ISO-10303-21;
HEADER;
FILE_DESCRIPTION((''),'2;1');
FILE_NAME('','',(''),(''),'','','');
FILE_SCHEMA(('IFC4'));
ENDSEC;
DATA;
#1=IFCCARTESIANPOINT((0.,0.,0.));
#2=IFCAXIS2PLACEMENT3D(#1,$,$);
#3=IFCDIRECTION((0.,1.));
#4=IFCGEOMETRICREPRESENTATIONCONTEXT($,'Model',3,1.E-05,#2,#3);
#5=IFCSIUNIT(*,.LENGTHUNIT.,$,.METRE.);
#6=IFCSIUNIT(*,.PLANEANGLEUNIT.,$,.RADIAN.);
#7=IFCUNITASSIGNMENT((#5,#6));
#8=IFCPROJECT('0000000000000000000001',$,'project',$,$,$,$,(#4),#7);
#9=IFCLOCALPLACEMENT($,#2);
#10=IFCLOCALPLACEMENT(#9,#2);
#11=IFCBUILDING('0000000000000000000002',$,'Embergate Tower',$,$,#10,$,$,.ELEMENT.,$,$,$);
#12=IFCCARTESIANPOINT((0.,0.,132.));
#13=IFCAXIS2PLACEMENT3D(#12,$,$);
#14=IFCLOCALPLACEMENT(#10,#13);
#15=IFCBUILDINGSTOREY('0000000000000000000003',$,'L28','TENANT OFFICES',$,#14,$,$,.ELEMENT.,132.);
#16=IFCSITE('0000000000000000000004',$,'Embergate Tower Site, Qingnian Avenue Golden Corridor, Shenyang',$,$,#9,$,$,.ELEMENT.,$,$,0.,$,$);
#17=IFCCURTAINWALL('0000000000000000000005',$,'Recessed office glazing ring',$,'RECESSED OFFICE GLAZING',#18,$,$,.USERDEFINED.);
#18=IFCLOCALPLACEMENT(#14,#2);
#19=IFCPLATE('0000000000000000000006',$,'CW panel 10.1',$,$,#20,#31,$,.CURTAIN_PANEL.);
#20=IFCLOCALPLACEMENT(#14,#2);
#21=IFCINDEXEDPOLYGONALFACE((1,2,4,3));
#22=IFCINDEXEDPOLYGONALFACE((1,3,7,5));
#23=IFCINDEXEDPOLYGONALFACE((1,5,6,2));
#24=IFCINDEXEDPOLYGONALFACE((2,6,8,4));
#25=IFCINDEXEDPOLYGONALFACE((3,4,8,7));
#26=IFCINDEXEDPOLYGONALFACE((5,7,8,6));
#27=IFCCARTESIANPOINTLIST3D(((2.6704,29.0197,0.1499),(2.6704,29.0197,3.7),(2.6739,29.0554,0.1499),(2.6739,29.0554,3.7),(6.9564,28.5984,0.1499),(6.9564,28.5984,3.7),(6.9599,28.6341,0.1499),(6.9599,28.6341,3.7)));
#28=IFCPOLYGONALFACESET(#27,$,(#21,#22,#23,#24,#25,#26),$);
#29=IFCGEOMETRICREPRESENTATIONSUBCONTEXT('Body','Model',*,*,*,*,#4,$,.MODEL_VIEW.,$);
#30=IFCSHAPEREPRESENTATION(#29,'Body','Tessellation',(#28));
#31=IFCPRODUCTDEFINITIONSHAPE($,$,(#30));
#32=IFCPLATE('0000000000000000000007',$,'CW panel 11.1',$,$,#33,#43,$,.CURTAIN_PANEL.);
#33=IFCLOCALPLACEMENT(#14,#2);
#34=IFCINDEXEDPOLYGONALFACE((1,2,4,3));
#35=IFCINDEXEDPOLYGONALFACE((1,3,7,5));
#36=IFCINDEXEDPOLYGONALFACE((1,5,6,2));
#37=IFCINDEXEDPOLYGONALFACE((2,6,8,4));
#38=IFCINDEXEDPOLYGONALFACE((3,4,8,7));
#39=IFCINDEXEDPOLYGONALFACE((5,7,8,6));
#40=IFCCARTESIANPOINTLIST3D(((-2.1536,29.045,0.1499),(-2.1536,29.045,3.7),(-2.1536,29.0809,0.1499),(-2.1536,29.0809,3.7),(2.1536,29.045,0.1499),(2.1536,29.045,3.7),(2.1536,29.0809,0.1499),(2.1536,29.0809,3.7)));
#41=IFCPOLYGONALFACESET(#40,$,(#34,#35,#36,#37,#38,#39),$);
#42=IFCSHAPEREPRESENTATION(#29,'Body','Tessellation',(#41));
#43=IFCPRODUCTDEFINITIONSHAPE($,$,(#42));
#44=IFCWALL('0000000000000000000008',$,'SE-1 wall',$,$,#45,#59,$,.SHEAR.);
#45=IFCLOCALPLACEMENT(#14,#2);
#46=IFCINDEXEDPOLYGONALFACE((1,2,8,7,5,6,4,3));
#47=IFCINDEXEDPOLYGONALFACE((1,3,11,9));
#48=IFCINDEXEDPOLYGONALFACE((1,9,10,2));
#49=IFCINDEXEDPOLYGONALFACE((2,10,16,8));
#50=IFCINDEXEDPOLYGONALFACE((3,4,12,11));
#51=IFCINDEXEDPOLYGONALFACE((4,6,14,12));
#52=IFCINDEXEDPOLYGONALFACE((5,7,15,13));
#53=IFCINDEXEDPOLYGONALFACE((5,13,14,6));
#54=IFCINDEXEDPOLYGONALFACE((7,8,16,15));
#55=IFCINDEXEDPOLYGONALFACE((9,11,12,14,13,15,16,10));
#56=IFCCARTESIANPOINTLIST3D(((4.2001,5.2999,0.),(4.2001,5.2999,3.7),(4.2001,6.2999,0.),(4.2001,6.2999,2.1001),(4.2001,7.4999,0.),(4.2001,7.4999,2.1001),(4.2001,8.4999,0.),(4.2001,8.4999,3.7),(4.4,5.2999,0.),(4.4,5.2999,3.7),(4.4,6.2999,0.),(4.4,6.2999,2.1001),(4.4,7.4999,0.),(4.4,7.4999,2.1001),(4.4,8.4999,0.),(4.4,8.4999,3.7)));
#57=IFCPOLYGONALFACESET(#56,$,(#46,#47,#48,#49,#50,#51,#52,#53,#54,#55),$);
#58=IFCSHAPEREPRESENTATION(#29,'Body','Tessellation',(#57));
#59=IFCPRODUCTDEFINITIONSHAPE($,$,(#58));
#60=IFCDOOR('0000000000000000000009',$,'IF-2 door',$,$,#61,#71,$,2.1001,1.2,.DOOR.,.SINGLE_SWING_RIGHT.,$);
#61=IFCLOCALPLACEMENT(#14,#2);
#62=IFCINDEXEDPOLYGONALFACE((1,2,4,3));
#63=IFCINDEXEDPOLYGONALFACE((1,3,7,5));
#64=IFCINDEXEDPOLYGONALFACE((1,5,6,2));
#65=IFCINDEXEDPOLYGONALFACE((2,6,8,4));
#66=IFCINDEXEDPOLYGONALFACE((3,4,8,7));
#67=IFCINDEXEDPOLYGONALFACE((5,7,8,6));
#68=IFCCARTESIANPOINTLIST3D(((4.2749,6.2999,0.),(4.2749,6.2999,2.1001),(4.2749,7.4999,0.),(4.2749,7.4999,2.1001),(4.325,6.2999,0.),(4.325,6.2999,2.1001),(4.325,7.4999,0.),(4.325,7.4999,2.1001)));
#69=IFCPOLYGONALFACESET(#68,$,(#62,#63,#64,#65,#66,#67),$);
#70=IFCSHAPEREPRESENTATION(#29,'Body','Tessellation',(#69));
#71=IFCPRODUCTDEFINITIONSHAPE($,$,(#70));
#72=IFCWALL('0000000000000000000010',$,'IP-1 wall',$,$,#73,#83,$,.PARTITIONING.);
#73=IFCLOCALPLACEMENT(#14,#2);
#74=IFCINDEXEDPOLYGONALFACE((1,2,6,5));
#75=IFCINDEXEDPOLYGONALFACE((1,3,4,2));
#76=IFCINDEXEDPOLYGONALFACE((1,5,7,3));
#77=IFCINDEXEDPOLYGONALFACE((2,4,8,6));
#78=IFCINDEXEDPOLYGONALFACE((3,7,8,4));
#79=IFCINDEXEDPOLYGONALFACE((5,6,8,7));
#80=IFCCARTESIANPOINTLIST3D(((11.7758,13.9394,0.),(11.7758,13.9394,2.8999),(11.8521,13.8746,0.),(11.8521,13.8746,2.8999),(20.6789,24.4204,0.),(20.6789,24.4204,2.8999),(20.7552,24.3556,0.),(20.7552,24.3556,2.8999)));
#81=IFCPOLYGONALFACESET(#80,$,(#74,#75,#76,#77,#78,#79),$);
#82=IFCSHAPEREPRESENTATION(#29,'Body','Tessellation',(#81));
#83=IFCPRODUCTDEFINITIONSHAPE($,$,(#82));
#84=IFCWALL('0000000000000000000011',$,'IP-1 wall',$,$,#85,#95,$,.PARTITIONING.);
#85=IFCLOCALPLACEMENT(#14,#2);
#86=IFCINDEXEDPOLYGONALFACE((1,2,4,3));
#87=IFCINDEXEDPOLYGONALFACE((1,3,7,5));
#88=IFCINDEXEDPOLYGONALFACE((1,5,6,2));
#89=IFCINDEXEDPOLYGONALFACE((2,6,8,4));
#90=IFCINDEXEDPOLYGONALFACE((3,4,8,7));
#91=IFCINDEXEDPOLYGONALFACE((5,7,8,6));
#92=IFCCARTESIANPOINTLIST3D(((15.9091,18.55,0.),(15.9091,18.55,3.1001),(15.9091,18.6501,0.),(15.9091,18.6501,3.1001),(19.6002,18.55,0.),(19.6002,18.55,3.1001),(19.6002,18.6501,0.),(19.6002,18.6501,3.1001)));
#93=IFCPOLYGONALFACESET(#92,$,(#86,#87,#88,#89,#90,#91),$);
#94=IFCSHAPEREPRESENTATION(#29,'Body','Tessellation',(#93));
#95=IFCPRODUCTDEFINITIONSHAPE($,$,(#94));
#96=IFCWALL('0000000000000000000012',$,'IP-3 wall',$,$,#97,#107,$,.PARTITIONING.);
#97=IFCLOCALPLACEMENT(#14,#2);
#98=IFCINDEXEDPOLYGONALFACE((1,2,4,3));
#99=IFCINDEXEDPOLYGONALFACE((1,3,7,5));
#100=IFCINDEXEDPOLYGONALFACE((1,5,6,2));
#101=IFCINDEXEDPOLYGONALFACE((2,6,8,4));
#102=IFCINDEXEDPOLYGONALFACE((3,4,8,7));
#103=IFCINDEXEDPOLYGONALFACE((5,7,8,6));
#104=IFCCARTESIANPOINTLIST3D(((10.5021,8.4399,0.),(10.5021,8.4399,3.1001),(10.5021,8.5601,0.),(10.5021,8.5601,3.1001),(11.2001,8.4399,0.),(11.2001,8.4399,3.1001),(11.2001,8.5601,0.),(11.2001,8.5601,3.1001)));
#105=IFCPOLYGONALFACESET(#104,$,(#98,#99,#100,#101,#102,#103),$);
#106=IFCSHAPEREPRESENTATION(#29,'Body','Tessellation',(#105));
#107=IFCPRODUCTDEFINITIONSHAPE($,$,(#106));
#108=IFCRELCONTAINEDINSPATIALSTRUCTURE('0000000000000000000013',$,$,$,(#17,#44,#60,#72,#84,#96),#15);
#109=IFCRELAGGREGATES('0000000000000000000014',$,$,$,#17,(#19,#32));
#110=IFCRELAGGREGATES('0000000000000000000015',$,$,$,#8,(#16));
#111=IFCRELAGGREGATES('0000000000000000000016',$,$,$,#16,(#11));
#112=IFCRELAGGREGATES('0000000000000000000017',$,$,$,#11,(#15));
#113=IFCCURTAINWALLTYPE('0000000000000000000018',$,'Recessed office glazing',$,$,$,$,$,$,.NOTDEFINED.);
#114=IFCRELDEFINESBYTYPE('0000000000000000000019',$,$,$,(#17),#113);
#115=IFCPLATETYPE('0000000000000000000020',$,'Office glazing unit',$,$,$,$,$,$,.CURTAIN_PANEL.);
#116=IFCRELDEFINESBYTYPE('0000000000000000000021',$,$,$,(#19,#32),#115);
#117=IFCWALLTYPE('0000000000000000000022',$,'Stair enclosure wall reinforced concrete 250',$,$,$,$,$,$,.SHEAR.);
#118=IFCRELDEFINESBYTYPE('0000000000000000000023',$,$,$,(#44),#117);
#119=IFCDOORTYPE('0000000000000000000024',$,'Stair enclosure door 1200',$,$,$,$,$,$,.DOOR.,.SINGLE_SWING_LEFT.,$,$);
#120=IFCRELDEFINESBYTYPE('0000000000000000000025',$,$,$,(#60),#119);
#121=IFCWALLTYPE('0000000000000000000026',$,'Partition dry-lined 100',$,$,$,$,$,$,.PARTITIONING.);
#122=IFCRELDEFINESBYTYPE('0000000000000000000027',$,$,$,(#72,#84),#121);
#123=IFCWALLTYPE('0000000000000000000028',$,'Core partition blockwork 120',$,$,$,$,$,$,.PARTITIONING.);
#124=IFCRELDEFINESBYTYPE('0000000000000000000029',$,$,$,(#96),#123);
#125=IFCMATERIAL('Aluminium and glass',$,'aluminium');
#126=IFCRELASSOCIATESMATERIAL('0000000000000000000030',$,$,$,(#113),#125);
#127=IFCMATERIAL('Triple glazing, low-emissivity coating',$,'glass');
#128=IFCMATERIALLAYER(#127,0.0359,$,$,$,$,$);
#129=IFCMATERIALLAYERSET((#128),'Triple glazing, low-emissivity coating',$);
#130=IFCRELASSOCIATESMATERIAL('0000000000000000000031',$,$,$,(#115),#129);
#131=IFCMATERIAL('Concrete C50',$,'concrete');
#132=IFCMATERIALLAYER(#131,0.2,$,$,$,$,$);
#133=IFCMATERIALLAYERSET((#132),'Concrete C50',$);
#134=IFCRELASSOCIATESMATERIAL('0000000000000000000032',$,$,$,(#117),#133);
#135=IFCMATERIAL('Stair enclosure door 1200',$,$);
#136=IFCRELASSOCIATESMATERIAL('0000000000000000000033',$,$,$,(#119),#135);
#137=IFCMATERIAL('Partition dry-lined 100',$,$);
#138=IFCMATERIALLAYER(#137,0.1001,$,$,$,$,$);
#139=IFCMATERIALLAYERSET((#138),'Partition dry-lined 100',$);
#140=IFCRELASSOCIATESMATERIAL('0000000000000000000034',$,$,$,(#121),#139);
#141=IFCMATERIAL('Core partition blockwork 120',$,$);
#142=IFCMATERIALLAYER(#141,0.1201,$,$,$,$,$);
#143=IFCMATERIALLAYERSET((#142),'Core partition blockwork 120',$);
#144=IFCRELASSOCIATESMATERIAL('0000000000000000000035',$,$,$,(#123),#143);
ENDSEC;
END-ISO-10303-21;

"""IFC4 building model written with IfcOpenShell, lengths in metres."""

from ifc_helpers import new_model, si_unit, direction, frame, frame_2d, origin, origin_2d, place, context, subcontext, project, spatial, rectangle, extrude, source, transform, mapped, material, layer, layer_set, type_object, element, fill, aggregate, save


model = new_model("IFC4")

# Units and contexts
model_context = context("Model", 3, precision=1e-05, world=origin(), true_north=direction((0.0, 1.0)))
body_context = subcontext(model_context, "Body", "Model", "MODEL_VIEW")
ifc_project = project(units=[si_unit("LENGTHUNIT", "METRE"), si_unit("PLANEANGLEUNIT", "RADIAN")], contexts=[model_context])

# Site, building, storey
site_placement = place(None, origin())
site = spatial("IfcSite", under=ifc_project, at=site_placement, Name="Embergate Tower Site, Qingnian Avenue Golden Corridor, Shenyang", CompositionType="ELEMENT", RefElevation=0.0)
building_placement = place(site_placement, origin())
building = spatial("IfcBuilding", under=site, at=building_placement, Name="Embergate Tower", CompositionType="ELEMENT")
storey_placement = place(building_placement, frame((0.0, 0.0, 132.0)))
storey = spatial("IfcBuildingStorey", under=building, at=storey_placement, Name="L28", Description="TENANT OFFICES", CompositionType="ELEMENT", Elevation=132.0)

# Curtain wall, plates
ifc_material_1 = material(Name="Aluminium and glass", Category="aluminium")
curtain_wall_type = type_object("IfcCurtainWallType", Name="Recessed office glazing", PredefinedType="NOTDEFINED", material=ifc_material_1)
curtain_wall_placement = place(storey_placement, origin())
curtain_wall = element("IfcCurtainWall", 1, at=curtain_wall_placement, inside=storey, type_object=curtain_wall_type, Name="Recessed office glazing ring", ObjectType="RECESSED OFFICE GLAZING", PredefinedType="USERDEFINED")
ifc_material_2 = material(Name="Triple glazing, low-emissivity coating", Category="glass")
ifc_layer_1 = layer(ifc_material_2, 0.0359)
ifc_layer_set_1 = layer_set([ifc_layer_1], Name="Triple glazing, low-emissivity coating")
plate_type = type_object("IfcPlateType", Name="Office glazing unit", PredefinedType="CURTAIN_PANEL", material=ifc_layer_set_1)
shared_shape_1 = source(origin(), body_context, "Body", "SweptSolid", [
    extrude(rectangle(XDim=4.3066, YDim=0.0359, at=origin_2d()), origin(), (0.0, 0.0, 1.0), 3.55),
])
plate_1_placement = place(storey_placement, frame((4.8152, 28.8269, 0.1499), z_axis=(0.0, 0.0, 1.0), x_axis=(-0.995203, 0.097828, 0.0)))
plate_1 = element("IfcPlate", 2, at=plate_1_placement, type_object=plate_type, Name="CW panel 10.1", PredefinedType="CURTAIN_PANEL", context=body_context, shape_type="MappedRepresentation", body=[
    mapped(shared_shape_1, transform((0.0, 0.0, 0.0))),
])
shared_shape_2 = source(origin(), body_context, "Body", "SweptSolid", [
    extrude(rectangle(XDim=4.3071, YDim=0.0359, at=origin_2d()), origin(), (0.0, 0.0, 1.0), 3.55),
])
plate_2_placement = place(storey_placement, frame((0.0, 29.063, 0.1499), z_axis=(0.0, 0.0, 1.0), x_axis=(-1.0, 0.0, 0.0)))
plate_2 = element("IfcPlate", 3, at=plate_2_placement, type_object=plate_type, Name="CW panel 11.1", PredefinedType="CURTAIN_PANEL", context=body_context, shape_type="MappedRepresentation", body=[
    mapped(shared_shape_2, transform((0.0, 0.0, 0.0))),
])
aggregate(curtain_wall, [plate_1, plate_2])

# Wall, opening, door
ifc_material_3 = material(Name="Concrete C50", Category="concrete")
ifc_layer_2 = layer(ifc_material_3, 0.2)
ifc_layer_set_2 = layer_set([ifc_layer_2], Name="Concrete C50")
wall_type_1 = type_object("IfcWallType", Name="Stair enclosure wall reinforced concrete 250", PredefinedType="SHEAR", material=ifc_layer_set_2)
shared_shape_3 = source(origin(), body_context, "Body", "SweptSolid", [
    extrude(rectangle(XDim=3.2, YDim=0.2, at=frame_2d((1.6001, 0.0))), origin(), (0.0, 0.0, 1.0), 3.7),
])
wall_1_placement = place(storey_placement, frame((4.3, 8.5, 0.0), z_axis=(0.0, 0.0, 1.0), x_axis=(0.0, -1.0, 0.0)))
wall_1 = element("IfcWall", 4, at=wall_1_placement, inside=storey, type_object=wall_type_1, Name="SE-1 wall", PredefinedType="SHEAR", context=body_context, shape_type="MappedRepresentation", body=[
    mapped(shared_shape_3, transform((0.0, 0.0, 0.0))),
])
shared_shape_4 = source(origin(), body_context, "Body", "SweptSolid", [
    extrude(rectangle(XDim=1.2, YDim=2.1001, at=frame_2d((0.6001, 1.05))), frame((0.0, 0.1099, 0.0), z_axis=(0.0, -1.0, 0.0), x_axis=(1.0, 0.0, 0.0)), (0.0, 0.0, 1.0), 0.22),
])
opening_placement = place(wall_1_placement, frame((1.0, 0.0, 0.0)))
opening = element("IfcOpeningElement", 5, at=opening_placement, cuts=wall_1, PredefinedType="OPENING", context=body_context, shape_type="MappedRepresentation", body=[
    mapped(shared_shape_4, transform((0.0, 0.0, 0.0))),
])
ifc_material_4 = material(Name="Stair enclosure door 1200")
door_type = type_object("IfcDoorType", Name="Stair enclosure door 1200", OperationType="SINGLE_SWING_LEFT", PredefinedType="DOOR", material=ifc_material_4)
shared_shape_5 = source(origin(), body_context, "Body", "SweptSolid", [
    extrude(rectangle(XDim=1.2, YDim=2.1001, at=frame_2d((0.6001, 1.05))), frame((0.0, 0.0249, 0.0), z_axis=(0.0, -1.0, 0.0), x_axis=(1.0, 0.0, 0.0)), (0.0, 0.0, 1.0), 0.05),
])
door_placement = place(opening_placement, origin())
door = element("IfcDoor", 6, at=door_placement, inside=storey, type_object=door_type, Name="IF-2 door", OperationType="SINGLE_SWING_RIGHT", OverallHeight=2.1001, OverallWidth=1.2, PredefinedType="DOOR", context=body_context, shape_type="MappedRepresentation", body=[
    mapped(shared_shape_5, transform((0.0, 0.0, 0.0))),
])
fill(opening, door)

# Walls
ifc_material_5 = material(Name="Partition dry-lined 100")
ifc_layer_3 = layer(ifc_material_5, 0.1001)
ifc_layer_set_3 = layer_set([ifc_layer_3], Name="Partition dry-lined 100")
wall_type_2 = type_object("IfcWallType", Name="Partition dry-lined 100", PredefinedType="PARTITIONING", material=ifc_layer_set_3)
shared_shape_6 = source(origin(), body_context, "Body", "SweptSolid", [
    extrude(rectangle(XDim=13.752, YDim=0.1001, at=frame_2d((6.876, 0.0))), origin(), (0.0, 0.0, 1.0), 2.8999),
])
wall_2_placement = place(storey_placement, frame((11.814, 13.907, 0.0), z_axis=(0.0, 0.0, 1.0), x_axis=(0.647406, 0.762145, 0.0)))
element("IfcWall", 7, at=wall_2_placement, inside=storey, type_object=wall_type_2, Name="IP-1 wall", PredefinedType="PARTITIONING", context=body_context, shape_type="MappedRepresentation", body=[
    mapped(shared_shape_6, transform((0.0, 0.0, 0.0))),
])
shared_shape_7 = source(origin(), body_context, "Body", "SweptSolid", [
    extrude(rectangle(XDim=3.6912, YDim=0.1001, at=frame_2d((1.8457, 0.0))), origin(), (0.0, 0.0, 1.0), 3.1001),
])
wall_3_placement = place(storey_placement, frame((15.9089, 18.6001, 0.0), z_axis=(0.0, 0.0, 1.0), x_axis=(1.0, 0.0, 0.0)))
element("IfcWall", 8, at=wall_3_placement, inside=storey, type_object=wall_type_2, Name="IP-1 wall", PredefinedType="PARTITIONING", context=body_context, shape_type="MappedRepresentation", body=[
    mapped(shared_shape_7, transform((0.0, 0.0, 0.0))),
])
ifc_material_6 = material(Name="Core partition blockwork 120")
ifc_layer_4 = layer(ifc_material_6, 0.1201)
ifc_layer_set_4 = layer_set([ifc_layer_4], Name="Core partition blockwork 120")
wall_type_3 = type_object("IfcWallType", Name="Core partition blockwork 120", PredefinedType="PARTITIONING", material=ifc_layer_set_4)
shared_shape_8 = source(origin(), body_context, "Body", "SweptSolid", [
    extrude(rectangle(XDim=0.698, YDim=0.1201, at=frame_2d((0.3491, 0.0))), origin(), (0.0, 0.0, 1.0), 3.1001),
])
wall_4_placement = place(storey_placement, frame((10.502, 8.5, 0.0), z_axis=(0.0, 0.0, 1.0), x_axis=(1.0, 0.0, 0.0)))
element("IfcWall", 9, at=wall_4_placement, inside=storey, type_object=wall_type_3, Name="IP-3 wall", PredefinedType="PARTITIONING", context=body_context, shape_type="MappedRepresentation", body=[
    mapped(shared_shape_8, transform((0.0, 0.0, 0.0))),
])

save(model, "model.ifc")
